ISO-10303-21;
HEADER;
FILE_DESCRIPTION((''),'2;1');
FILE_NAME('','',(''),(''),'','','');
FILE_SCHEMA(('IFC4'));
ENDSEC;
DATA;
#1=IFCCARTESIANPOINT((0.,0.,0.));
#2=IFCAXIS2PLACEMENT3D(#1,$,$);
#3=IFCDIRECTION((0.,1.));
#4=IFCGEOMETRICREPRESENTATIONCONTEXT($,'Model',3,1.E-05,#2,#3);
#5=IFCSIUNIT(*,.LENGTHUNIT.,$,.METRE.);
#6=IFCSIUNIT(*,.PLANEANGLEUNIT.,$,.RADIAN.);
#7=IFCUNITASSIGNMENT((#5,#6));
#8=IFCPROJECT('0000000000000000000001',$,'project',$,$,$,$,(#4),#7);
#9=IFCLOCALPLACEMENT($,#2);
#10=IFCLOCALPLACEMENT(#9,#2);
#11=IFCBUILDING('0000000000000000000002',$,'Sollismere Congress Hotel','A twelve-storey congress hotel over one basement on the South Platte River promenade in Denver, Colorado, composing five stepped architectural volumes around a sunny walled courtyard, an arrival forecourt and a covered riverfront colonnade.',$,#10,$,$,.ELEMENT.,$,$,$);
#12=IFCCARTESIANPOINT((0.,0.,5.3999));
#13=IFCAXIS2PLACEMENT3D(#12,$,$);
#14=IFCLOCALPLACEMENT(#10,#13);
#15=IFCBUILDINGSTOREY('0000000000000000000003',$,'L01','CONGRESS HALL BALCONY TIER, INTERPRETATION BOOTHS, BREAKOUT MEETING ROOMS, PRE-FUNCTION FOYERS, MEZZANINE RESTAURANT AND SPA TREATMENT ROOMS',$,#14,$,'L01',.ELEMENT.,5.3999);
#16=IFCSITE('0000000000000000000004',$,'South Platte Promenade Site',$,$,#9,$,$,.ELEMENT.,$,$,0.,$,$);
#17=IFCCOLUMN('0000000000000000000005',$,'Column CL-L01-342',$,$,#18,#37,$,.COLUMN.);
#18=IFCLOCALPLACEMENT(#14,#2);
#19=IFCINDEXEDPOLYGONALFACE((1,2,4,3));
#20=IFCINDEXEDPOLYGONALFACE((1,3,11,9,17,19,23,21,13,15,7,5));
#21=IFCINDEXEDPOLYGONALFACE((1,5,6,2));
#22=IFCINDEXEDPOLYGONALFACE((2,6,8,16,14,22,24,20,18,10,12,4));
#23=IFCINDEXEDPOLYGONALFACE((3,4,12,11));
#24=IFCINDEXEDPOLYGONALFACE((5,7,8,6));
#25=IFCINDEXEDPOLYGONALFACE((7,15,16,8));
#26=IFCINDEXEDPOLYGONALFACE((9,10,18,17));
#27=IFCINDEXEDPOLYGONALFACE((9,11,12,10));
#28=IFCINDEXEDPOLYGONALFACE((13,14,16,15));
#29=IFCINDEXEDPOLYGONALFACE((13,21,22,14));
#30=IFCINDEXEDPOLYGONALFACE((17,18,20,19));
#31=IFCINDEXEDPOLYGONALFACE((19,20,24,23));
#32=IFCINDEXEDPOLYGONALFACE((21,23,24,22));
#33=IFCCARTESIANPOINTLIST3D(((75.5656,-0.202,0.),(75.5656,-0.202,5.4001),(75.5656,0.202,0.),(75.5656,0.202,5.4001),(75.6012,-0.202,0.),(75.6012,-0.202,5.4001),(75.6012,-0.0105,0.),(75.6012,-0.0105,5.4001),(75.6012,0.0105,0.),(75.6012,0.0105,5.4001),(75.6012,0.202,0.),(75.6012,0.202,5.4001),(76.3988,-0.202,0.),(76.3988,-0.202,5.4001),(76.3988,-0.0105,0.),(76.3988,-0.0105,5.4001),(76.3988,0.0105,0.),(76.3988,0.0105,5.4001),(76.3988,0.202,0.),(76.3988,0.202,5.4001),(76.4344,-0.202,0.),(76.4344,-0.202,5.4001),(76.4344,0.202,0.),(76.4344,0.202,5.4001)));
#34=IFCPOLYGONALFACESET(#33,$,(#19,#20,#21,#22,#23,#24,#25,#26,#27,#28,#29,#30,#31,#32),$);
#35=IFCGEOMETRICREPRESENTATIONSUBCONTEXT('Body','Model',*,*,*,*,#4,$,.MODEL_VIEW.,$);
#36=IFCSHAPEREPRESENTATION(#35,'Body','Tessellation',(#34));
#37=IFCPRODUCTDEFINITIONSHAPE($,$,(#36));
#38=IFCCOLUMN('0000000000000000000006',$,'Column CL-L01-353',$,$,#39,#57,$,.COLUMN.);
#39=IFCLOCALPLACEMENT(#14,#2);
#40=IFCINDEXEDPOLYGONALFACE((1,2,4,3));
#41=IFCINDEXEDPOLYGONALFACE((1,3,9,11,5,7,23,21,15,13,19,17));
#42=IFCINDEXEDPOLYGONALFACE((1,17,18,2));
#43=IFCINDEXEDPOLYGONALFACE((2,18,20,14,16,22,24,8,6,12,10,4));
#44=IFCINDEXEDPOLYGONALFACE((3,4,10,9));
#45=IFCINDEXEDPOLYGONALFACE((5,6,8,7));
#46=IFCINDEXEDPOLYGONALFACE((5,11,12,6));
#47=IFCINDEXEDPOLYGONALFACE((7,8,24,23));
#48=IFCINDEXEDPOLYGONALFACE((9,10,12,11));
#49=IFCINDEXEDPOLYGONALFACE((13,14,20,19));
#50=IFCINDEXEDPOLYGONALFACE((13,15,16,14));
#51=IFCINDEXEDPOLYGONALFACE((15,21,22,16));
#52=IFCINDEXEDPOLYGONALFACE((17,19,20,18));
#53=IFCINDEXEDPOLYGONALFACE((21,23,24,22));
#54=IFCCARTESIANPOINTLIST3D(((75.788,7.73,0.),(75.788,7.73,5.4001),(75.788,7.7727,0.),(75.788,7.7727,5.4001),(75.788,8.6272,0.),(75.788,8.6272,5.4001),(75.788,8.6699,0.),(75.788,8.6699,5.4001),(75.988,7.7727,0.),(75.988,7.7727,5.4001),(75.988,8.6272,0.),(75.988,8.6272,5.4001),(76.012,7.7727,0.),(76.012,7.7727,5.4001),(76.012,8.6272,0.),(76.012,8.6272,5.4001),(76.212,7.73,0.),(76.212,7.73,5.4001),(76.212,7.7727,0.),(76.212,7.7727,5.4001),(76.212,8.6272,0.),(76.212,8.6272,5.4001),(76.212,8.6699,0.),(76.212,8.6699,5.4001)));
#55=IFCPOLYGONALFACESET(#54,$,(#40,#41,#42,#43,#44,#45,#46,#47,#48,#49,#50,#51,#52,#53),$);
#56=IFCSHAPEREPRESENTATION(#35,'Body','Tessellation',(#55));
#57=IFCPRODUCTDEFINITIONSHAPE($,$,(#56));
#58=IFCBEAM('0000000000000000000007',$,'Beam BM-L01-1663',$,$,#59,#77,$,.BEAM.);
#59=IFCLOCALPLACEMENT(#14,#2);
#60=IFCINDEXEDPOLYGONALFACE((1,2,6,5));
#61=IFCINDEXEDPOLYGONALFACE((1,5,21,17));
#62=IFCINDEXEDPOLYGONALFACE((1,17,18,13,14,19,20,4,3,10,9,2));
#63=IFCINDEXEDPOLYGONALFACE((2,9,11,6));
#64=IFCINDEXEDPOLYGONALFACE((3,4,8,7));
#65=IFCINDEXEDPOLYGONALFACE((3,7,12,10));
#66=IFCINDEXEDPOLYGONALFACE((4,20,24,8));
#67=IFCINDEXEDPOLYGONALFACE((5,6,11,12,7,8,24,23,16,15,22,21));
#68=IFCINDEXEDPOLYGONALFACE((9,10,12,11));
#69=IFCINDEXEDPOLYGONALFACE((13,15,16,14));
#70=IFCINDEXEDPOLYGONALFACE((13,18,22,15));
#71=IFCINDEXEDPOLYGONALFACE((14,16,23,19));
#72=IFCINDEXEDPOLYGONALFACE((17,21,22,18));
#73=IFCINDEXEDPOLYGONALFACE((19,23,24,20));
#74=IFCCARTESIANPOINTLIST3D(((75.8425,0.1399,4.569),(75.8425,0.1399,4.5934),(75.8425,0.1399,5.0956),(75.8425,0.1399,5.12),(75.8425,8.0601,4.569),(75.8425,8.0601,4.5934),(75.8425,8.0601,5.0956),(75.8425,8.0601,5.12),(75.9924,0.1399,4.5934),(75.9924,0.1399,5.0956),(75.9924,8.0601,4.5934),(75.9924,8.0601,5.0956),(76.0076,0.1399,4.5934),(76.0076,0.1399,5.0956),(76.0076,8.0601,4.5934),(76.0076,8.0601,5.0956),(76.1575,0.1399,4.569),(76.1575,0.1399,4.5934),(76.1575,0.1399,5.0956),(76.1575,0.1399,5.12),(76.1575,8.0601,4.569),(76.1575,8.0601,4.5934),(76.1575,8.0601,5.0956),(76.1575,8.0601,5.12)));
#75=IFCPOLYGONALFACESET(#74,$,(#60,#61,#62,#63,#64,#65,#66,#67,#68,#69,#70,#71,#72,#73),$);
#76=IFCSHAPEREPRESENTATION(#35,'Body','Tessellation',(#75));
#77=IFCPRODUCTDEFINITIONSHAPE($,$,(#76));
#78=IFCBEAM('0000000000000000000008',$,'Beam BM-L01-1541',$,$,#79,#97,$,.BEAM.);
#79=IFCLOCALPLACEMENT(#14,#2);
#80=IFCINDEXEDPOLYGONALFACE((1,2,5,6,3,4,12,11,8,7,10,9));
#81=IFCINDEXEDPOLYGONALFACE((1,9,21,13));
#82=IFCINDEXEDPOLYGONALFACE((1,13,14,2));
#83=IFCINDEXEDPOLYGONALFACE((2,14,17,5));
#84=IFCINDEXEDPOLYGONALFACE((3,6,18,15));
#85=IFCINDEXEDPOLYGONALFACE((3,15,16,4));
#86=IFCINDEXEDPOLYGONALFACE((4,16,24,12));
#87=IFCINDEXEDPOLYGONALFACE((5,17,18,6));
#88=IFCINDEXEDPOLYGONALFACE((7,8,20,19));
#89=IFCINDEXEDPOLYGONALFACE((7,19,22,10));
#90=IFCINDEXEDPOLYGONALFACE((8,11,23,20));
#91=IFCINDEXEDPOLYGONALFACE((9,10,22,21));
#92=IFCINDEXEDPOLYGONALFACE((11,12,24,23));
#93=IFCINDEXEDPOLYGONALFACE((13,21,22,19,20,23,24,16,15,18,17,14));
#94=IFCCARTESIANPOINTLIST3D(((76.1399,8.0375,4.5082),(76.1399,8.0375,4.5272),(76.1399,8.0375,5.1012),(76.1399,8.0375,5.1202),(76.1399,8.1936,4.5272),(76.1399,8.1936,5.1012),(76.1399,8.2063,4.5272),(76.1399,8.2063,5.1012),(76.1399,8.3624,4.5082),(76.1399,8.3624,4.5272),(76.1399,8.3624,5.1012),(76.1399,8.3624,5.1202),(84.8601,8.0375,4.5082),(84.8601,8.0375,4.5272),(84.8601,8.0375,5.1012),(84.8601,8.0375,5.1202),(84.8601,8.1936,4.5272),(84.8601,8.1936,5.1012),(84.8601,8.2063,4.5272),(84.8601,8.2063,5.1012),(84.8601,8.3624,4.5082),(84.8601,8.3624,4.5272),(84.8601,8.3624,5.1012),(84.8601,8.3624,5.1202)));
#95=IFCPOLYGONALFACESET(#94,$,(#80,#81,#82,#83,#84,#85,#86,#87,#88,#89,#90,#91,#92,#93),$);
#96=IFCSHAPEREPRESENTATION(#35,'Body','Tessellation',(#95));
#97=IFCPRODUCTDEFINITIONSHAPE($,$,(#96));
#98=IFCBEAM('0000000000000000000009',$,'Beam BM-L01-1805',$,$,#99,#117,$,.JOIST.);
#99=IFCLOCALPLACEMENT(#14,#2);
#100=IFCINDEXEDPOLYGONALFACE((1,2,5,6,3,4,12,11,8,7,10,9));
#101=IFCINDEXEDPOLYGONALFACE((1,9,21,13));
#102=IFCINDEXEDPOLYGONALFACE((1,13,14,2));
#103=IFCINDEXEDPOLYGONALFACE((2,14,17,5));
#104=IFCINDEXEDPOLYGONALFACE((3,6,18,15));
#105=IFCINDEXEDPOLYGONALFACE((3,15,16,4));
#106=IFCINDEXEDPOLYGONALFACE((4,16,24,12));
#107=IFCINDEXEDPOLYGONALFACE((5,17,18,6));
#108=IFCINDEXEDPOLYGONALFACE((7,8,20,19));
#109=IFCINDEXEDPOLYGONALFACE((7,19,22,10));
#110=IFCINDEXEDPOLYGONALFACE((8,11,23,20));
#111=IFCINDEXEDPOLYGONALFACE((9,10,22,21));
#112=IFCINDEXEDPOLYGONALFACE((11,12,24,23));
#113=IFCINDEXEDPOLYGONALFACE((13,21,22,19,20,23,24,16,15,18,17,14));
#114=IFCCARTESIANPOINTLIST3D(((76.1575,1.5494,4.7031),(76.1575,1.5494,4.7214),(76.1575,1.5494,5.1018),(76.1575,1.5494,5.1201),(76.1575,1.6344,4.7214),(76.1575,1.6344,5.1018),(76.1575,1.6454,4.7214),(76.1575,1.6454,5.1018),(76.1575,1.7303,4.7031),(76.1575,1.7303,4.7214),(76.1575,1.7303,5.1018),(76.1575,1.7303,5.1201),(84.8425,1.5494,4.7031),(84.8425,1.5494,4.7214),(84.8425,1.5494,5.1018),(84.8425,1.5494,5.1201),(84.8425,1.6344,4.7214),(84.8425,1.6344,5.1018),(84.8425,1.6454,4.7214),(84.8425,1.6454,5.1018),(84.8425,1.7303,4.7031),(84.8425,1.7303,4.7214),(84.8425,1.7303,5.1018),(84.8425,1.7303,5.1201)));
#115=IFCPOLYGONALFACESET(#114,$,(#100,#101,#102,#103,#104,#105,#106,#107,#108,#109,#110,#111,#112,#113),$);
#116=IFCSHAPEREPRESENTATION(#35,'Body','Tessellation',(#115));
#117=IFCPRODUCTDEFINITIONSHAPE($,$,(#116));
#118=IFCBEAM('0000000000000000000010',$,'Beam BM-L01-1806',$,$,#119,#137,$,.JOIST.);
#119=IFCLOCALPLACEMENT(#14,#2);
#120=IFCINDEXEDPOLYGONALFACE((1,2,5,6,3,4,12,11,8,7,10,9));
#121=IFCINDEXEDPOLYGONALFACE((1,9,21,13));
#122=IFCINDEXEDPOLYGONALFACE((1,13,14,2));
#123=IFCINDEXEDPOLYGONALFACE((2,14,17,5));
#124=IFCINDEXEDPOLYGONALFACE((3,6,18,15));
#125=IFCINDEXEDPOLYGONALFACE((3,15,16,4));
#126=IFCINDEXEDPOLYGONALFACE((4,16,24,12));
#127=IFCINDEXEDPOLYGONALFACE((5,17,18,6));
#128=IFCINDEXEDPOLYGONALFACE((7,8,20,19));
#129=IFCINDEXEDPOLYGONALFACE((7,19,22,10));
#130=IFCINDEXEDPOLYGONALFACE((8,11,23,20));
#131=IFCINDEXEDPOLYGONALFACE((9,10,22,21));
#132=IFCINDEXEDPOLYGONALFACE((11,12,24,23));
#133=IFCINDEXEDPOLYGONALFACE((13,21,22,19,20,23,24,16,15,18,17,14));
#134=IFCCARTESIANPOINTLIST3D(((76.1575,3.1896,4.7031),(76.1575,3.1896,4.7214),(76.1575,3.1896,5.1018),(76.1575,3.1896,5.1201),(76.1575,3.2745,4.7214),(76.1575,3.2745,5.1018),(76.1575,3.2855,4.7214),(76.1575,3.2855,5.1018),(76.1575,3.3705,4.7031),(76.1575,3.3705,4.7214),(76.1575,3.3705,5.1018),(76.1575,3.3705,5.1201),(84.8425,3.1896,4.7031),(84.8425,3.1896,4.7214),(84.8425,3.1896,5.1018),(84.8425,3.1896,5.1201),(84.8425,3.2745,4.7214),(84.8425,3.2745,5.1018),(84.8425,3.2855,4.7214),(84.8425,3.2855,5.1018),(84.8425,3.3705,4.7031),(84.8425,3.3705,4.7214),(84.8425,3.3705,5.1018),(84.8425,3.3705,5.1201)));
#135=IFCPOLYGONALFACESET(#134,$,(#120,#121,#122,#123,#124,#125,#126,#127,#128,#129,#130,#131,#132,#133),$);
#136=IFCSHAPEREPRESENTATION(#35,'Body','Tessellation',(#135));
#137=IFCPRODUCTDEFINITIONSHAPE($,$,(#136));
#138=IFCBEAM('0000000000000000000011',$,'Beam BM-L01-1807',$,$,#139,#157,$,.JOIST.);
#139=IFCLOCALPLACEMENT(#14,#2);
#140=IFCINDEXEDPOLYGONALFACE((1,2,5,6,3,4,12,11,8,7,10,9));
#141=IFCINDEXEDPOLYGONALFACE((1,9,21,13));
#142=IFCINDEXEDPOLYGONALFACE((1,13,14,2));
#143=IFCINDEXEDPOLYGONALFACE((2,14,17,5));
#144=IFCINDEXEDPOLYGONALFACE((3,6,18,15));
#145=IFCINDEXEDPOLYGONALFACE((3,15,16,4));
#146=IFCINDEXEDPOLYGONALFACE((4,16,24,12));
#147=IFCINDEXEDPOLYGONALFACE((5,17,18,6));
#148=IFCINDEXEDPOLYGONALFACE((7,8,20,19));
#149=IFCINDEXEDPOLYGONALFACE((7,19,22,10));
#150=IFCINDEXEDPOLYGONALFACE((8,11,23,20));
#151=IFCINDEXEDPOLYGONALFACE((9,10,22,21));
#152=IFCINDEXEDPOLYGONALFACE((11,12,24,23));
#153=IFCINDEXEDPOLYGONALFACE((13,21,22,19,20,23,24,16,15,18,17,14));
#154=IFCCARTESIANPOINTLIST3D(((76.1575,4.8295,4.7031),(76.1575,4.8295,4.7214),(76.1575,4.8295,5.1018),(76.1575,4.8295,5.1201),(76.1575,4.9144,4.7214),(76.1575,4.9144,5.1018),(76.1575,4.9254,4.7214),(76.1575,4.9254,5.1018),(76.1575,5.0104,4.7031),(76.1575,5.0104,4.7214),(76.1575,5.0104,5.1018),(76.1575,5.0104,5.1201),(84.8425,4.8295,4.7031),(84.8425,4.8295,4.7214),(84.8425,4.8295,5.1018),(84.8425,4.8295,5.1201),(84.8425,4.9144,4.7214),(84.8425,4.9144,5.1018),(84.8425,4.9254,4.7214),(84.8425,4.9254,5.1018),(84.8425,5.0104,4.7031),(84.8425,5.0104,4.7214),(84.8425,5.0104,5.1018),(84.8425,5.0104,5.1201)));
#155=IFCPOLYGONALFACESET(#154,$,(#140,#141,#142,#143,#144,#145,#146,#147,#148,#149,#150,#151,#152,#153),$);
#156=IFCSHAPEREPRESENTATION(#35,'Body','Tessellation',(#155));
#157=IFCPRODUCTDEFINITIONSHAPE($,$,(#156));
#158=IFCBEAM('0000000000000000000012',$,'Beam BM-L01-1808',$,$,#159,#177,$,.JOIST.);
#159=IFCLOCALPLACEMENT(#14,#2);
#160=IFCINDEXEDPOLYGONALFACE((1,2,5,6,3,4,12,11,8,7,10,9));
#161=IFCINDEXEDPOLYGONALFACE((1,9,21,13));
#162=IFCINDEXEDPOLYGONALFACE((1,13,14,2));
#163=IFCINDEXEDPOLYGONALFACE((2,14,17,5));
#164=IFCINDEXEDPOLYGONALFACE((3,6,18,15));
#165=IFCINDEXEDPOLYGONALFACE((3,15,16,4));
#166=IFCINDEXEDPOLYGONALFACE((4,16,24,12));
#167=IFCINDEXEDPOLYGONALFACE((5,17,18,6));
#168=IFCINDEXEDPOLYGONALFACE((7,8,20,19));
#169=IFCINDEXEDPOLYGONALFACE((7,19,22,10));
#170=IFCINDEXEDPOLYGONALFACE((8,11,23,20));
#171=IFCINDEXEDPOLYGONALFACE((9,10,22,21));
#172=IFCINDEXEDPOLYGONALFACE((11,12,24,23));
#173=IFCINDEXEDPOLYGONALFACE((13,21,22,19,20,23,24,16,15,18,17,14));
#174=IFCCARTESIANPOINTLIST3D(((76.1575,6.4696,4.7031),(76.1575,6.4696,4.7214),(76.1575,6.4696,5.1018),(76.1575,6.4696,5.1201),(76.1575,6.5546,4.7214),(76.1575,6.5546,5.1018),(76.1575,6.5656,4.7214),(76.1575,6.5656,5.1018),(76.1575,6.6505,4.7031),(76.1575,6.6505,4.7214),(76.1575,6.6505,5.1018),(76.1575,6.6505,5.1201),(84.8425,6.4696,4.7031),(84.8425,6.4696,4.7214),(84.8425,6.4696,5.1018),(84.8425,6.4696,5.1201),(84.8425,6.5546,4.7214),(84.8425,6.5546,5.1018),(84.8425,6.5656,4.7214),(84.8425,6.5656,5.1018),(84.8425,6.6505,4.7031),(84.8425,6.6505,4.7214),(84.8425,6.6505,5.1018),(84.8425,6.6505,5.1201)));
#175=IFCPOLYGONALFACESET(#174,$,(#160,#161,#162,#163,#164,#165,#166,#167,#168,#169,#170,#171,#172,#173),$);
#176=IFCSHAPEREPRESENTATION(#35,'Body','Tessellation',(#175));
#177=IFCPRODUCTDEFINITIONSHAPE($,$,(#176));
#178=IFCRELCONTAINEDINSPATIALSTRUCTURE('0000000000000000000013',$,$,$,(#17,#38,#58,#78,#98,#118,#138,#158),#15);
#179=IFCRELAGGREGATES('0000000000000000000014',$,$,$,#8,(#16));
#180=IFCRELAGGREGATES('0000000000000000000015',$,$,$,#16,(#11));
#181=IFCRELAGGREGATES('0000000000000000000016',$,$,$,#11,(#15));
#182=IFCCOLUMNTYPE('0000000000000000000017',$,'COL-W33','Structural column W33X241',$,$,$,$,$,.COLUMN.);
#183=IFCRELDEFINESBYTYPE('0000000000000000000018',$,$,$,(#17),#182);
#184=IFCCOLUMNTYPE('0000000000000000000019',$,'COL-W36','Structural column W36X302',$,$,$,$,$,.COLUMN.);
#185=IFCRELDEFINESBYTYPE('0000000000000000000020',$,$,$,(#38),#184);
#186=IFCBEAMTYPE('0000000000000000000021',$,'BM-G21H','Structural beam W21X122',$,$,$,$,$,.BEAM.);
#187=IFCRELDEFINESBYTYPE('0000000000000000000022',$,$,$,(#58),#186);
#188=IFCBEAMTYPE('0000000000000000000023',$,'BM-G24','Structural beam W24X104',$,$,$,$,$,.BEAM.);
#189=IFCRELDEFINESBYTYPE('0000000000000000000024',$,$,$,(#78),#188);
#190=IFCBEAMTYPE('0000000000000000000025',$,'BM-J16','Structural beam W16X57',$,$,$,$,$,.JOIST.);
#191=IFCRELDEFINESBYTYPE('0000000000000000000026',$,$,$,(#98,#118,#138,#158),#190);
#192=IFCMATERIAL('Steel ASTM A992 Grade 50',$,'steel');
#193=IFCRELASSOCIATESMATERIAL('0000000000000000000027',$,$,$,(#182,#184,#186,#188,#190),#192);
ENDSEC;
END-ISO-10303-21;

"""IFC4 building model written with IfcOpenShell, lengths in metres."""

from ifc_helpers import new_model, si_unit, direction, frame, origin, origin_2d, place, context, subcontext, project, spatial, i_section, extrude, material, material_profile, profile_set, type_object, element, save


model = new_model("IFC4")

# Units and contexts
model_context = context("Model", 3, precision=1e-05, world=origin(), true_north=direction((0.0, 1.0)))
body_context = subcontext(model_context, "Body", "Model", "MODEL_VIEW")
ifc_project = project(units=[si_unit("LENGTHUNIT", "METRE"), si_unit("PLANEANGLEUNIT", "RADIAN")], contexts=[model_context])

# Site, building, storey
site_placement = place(None, origin())
site = spatial("IfcSite", under=ifc_project, at=site_placement, Name="South Platte Promenade Site", CompositionType="ELEMENT", RefElevation=0.0)
building_placement = place(site_placement, origin())
building = spatial("IfcBuilding", under=site, at=building_placement, Name="Sollismere Congress Hotel", Description="A twelve-storey congress hotel over one basement on the South Platte River promenade in Denver, Colorado, composing five stepped architectural volumes around a sunny walled courtyard, an arrival forecourt and a covered riverfront colonnade.", CompositionType="ELEMENT")
storey_placement = place(building_placement, frame((0.0, 0.0, 5.3999)))
storey = spatial("IfcBuildingStorey", under=building, at=storey_placement, Name="L01", Description="CONGRESS HALL BALCONY TIER, INTERPRETATION BOOTHS, BREAKOUT MEETING ROOMS, PRE-FUNCTION FOYERS, MEZZANINE RESTAURANT AND SPA TREATMENT ROOMS", LongName="L01", CompositionType="ELEMENT", Elevation=5.3999)

# Columns
ifc_material_1 = material(Name="Steel ASTM A992 Grade 50", Category="steel")
ifc_material_profile_1 = material_profile(ifc_material_1, i_section(OverallWidth=0.4041, OverallDepth=0.8689, WebThickness=0.021, FlangeThickness=0.0356, at=origin_2d()), Name="W33X241")
ifc_profile_set_1 = profile_set([ifc_material_profile_1], Name="Steel ASTM A992 Grade 50")
column_type_1 = type_object("IfcColumnType", Name="COL-W33", Description="Structural column W33X241", PredefinedType="COLUMN", material=ifc_profile_set_1)
column_1_placement = place(storey_placement, frame((76.0, 0.0, 0.0), z_axis=(0.0, 0.0, 1.0), x_axis=(0.0, 1.0, 0.0)))
element("IfcColumn", 1, at=column_1_placement, inside=storey, type_object=column_type_1, Name="Column CL-L01-342", PredefinedType="COLUMN", context=body_context, shape_type="SweptSolid", body=[
    extrude(i_section(OverallWidth=0.4041, OverallDepth=0.8689, WebThickness=0.021, FlangeThickness=0.0356, at=origin_2d()), origin(), (0.0, 0.0, 1.0), 5.4001),
])
ifc_material_profile_2 = material_profile(ifc_material_1, i_section(OverallWidth=0.4241, OverallDepth=0.9399, WebThickness=0.0239, FlangeThickness=0.0427, at=origin_2d()), Name="W36X302")
ifc_profile_set_2 = profile_set([ifc_material_profile_2], Name="Steel ASTM A992 Grade 50")
column_type_2 = type_object("IfcColumnType", Name="COL-W36", Description="Structural column W36X302", PredefinedType="COLUMN", material=ifc_profile_set_2)
column_2_placement = place(storey_placement, frame((76.0, 8.2, 0.0), z_axis=(0.0, 0.0, 1.0), x_axis=(1.0, 0.0, 0.0)))
element("IfcColumn", 2, at=column_2_placement, inside=storey, type_object=column_type_2, Name="Column CL-L01-353", PredefinedType="COLUMN", context=body_context, shape_type="SweptSolid", body=[
    extrude(i_section(OverallWidth=0.4241, OverallDepth=0.9399, WebThickness=0.0239, FlangeThickness=0.0427, at=origin_2d()), origin(), (0.0, 0.0, 1.0), 5.4001),
])

# Beams
ifc_material_profile_3 = material_profile(ifc_material_1, i_section(OverallWidth=0.3149, OverallDepth=0.551, WebThickness=0.0151, FlangeThickness=0.0244, at=origin_2d()), Name="W21X122")
ifc_profile_set_3 = profile_set([ifc_material_profile_3], Name="Steel ASTM A992 Grade 50")
beam_type_1 = type_object("IfcBeamType", Name="BM-G21H", Description="Structural beam W21X122", PredefinedType="BEAM", material=ifc_profile_set_3)
beam_1_placement = place(storey_placement, frame((76.0, 0.1399, 4.8445), z_axis=(0.0, 1.0, 0.0), x_axis=(-1.0, 0.0, 0.0)))
element("IfcBeam", 3, at=beam_1_placement, inside=storey, type_object=beam_type_1, Name="Beam BM-L01-1663", PredefinedType="BEAM", context=body_context, shape_type="SweptSolid", body=[
    extrude(i_section(OverallWidth=0.3149, OverallDepth=0.551, WebThickness=0.0151, FlangeThickness=0.0244, at=origin_2d()), origin(), (0.0, 0.0, 1.0), 7.9202),
])
ifc_material_profile_4 = material_profile(ifc_material_1, i_section(OverallWidth=0.325, OverallDepth=0.6121, WebThickness=0.0127, FlangeThickness=0.019, at=origin_2d()), Name="W24X104")
ifc_profile_set_4 = profile_set([ifc_material_profile_4], Name="Steel ASTM A992 Grade 50")
beam_type_2 = type_object("IfcBeamType", Name="BM-G24", Description="Structural beam W24X104", PredefinedType="BEAM", material=ifc_profile_set_4)
beam_2_placement = place(storey_placement, frame((76.1399, 8.2, 4.8142), z_axis=(1.0, 0.0, 0.0), x_axis=(0.0, 1.0, 0.0)))
element("IfcBeam", 4, at=beam_2_placement, inside=storey, type_object=beam_type_2, Name="Beam BM-L01-1541", PredefinedType="BEAM", context=body_context, shape_type="SweptSolid", body=[
    extrude(i_section(OverallWidth=0.325, OverallDepth=0.6121, WebThickness=0.0127, FlangeThickness=0.019, at=origin_2d()), origin(), (0.0, 0.0, 1.0), 8.7202),
])
ifc_material_profile_5 = material_profile(ifc_material_1, i_section(OverallWidth=0.1809, OverallDepth=0.417, WebThickness=0.011, FlangeThickness=0.0183, at=origin_2d()), Name="W16X57")
ifc_profile_set_5 = profile_set([ifc_material_profile_5], Name="Steel ASTM A992 Grade 50")
beam_type_3 = type_object("IfcBeamType", Name="BM-J16", Description="Structural beam W16X57", PredefinedType="JOIST", material=ifc_profile_set_5)
for number, where, z_axis, x_axis, name in (
    (5, (76.1575, 1.6399, 4.9116), (1.0, 0.0, 0.0), (0.0, 1.0, 0.0), "Beam BM-L01-1805"),
    (6, (76.1575, 3.28, 4.9116), (1.0, 0.0, 0.0), (0.0, 1.0, 0.0), "Beam BM-L01-1806"),
    (7, (76.1575, 4.9199, 4.9116), (1.0, 0.0, 0.0), (0.0, 1.0, 0.0), "Beam BM-L01-1807"),
    (8, (76.1575, 6.5601, 4.9116), (1.0, 0.0, 0.0), (0.0, 1.0, 0.0), "Beam BM-L01-1808"),
):
    element("IfcBeam", number, at=place(storey_placement, frame(where, z_axis=z_axis, x_axis=x_axis)), inside=storey, type_object=beam_type_3, Name=name, PredefinedType="JOIST", context=body_context, shape_type="SweptSolid", body=[
        extrude(i_section(OverallWidth=0.1809, OverallDepth=0.417, WebThickness=0.011, FlangeThickness=0.0183, at=origin_2d()), origin(), (0.0, 0.0, 1.0), 8.6851),
    ])

save(model, "model.ifc")
